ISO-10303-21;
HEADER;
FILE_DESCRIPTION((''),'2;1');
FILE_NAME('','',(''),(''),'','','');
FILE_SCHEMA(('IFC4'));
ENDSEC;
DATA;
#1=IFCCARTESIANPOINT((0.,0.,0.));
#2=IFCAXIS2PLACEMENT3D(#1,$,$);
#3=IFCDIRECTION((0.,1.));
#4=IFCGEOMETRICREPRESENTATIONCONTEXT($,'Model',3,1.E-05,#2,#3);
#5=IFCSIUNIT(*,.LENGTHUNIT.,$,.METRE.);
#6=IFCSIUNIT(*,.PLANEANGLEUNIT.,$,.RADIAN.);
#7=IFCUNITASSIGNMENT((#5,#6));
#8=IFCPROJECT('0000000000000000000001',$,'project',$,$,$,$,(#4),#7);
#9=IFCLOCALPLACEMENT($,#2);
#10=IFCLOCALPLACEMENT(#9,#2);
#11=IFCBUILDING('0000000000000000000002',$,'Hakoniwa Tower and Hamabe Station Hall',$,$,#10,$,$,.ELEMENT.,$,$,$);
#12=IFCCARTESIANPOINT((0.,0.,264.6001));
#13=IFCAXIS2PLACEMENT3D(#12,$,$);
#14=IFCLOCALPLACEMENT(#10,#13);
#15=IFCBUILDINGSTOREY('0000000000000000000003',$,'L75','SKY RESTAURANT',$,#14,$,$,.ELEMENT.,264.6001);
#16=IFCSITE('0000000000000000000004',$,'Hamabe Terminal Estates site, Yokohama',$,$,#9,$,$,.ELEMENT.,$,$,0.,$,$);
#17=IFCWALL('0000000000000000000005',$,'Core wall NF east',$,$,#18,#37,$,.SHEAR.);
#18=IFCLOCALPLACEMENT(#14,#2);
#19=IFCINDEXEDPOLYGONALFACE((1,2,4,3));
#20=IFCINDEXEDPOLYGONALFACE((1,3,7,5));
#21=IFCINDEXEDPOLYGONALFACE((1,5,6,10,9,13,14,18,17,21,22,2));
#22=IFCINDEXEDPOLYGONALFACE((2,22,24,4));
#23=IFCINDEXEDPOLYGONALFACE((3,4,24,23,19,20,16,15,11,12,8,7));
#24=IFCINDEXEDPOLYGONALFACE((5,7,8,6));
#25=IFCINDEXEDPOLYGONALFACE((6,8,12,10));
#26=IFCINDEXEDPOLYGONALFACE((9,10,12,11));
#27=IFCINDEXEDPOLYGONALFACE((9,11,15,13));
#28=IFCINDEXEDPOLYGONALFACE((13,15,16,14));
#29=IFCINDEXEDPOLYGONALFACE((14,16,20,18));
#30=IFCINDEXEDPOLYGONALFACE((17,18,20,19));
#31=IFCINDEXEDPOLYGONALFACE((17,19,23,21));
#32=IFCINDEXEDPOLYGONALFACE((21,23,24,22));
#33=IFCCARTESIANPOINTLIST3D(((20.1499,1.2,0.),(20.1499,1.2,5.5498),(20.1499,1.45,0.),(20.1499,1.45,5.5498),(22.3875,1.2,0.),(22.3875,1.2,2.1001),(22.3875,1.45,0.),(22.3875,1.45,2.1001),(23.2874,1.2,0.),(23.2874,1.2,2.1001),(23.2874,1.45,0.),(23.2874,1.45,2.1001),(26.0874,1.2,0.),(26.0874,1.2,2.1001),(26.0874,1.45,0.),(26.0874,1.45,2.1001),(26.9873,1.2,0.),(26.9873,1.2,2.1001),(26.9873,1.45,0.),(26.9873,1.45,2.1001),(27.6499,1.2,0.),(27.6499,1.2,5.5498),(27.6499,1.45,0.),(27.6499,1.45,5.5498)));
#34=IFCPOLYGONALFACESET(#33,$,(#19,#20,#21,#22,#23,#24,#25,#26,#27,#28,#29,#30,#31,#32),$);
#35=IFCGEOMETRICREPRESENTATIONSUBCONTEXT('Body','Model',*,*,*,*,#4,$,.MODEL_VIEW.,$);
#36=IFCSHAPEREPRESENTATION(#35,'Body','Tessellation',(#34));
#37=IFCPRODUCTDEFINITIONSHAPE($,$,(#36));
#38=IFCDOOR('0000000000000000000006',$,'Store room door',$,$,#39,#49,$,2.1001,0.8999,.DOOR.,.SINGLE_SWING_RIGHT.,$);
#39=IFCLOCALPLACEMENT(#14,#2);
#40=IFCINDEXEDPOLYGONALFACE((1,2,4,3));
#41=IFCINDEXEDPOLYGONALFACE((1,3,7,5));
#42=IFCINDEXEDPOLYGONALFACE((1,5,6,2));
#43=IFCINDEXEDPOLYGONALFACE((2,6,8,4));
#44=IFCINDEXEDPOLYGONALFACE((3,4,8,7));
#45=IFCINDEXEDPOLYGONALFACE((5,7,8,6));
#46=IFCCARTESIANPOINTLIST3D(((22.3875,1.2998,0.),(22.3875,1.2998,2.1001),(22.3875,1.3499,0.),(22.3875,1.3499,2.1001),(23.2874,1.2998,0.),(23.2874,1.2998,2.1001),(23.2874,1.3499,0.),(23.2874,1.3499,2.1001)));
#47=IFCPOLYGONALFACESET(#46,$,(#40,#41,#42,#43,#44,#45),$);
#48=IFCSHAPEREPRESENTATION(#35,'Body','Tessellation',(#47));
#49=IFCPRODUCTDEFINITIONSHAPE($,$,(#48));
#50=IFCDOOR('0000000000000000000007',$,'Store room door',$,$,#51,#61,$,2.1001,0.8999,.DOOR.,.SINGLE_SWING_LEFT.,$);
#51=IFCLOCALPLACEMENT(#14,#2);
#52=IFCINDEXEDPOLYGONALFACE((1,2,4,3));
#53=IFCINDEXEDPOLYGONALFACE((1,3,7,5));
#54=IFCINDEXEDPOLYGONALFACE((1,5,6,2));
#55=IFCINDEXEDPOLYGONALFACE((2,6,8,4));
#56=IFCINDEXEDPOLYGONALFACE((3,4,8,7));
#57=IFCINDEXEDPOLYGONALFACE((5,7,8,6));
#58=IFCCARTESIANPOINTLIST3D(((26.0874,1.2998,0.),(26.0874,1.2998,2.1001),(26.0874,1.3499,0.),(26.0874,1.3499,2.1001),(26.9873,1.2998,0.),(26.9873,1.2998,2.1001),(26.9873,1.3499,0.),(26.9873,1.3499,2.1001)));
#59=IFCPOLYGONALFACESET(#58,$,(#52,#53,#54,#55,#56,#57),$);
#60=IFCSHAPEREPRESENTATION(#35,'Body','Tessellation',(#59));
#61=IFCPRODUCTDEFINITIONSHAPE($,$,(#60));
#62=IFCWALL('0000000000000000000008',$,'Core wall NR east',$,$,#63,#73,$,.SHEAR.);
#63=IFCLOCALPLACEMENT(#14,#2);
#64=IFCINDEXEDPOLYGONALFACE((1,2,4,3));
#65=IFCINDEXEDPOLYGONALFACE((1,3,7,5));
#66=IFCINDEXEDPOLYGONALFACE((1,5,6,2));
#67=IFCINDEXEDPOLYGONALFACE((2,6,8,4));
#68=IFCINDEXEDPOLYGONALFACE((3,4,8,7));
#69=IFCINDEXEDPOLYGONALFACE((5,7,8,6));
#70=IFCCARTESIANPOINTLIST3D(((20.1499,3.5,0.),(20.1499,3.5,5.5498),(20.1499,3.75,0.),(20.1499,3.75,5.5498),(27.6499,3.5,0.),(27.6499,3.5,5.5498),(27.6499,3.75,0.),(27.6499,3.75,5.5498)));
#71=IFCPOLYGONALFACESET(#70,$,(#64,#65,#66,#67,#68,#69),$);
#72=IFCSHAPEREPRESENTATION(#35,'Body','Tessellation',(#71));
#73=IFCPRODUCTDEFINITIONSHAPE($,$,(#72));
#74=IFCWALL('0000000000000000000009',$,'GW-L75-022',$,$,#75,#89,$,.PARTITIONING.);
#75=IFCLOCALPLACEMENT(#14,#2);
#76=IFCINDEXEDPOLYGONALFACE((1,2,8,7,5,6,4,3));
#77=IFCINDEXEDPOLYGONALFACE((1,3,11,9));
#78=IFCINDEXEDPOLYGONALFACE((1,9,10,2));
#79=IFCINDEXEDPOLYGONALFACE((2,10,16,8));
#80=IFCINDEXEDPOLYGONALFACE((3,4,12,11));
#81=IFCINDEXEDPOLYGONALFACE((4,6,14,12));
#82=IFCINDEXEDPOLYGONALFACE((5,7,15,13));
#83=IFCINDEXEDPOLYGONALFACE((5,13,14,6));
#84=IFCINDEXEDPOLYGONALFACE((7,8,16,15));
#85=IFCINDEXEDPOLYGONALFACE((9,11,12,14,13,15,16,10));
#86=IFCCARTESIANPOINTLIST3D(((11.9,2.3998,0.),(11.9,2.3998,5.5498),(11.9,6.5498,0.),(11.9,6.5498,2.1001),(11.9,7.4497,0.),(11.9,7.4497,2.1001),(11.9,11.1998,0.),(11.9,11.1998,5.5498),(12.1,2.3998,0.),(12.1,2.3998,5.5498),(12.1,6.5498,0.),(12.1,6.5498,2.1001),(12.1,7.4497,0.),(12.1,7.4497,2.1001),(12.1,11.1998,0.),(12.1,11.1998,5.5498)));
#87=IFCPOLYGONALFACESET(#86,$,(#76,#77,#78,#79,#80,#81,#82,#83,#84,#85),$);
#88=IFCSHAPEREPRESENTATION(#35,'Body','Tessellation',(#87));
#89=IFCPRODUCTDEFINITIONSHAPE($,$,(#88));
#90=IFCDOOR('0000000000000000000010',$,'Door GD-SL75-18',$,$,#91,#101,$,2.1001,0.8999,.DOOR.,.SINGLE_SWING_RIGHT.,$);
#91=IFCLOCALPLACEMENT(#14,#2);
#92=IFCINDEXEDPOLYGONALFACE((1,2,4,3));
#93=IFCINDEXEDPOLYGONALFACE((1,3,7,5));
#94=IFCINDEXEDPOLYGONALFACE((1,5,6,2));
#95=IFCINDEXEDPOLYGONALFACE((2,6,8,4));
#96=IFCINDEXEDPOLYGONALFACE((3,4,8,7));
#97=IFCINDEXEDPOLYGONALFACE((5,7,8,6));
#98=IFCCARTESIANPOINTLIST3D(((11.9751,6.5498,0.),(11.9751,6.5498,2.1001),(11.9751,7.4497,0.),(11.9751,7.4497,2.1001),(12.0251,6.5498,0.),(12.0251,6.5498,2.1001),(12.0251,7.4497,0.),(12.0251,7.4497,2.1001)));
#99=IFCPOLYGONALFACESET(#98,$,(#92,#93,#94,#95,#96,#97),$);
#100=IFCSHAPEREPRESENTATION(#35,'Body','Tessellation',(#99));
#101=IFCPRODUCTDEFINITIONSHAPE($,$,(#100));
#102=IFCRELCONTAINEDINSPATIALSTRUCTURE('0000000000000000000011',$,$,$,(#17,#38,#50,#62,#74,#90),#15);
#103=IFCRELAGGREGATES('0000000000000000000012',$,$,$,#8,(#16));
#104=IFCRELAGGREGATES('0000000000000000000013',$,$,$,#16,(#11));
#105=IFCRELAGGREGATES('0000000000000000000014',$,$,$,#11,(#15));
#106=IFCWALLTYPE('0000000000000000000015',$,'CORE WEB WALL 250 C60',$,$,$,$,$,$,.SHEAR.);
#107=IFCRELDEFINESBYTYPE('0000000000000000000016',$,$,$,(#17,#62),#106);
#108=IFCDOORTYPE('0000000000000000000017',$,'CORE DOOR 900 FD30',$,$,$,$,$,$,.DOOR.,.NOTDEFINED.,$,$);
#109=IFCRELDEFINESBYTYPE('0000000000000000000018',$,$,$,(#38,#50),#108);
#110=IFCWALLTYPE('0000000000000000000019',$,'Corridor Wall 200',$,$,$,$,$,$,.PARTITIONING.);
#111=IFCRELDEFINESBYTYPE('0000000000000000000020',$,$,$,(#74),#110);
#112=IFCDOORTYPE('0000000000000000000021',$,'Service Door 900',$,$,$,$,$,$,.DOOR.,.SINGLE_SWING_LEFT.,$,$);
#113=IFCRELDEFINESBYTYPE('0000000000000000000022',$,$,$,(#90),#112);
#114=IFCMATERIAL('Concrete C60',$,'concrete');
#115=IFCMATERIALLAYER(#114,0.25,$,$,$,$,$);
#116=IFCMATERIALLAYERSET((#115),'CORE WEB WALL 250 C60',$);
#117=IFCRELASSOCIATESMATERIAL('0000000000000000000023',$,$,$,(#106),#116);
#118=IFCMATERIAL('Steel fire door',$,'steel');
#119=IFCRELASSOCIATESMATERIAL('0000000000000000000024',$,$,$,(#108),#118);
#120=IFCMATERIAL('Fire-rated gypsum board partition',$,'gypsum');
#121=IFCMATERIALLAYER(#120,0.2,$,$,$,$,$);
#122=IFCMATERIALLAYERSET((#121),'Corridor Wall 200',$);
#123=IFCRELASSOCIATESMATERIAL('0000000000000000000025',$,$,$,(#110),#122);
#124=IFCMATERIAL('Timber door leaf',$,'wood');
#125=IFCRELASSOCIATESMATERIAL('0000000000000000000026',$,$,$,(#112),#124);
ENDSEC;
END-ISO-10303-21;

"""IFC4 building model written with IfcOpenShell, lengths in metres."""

from ifc_helpers import new_model, si_unit, direction, frame, frame_2d, origin, place, context, subcontext, project, spatial, rectangle, extrude, material, layer, layer_set, type_object, element, fill, save


model = new_model("IFC4")

# Units and contexts
model_context = context("Model", 3, precision=1e-05, world=origin(), true_north=direction((0.0, 1.0)))
body_context = subcontext(model_context, "Body", "Model", "MODEL_VIEW")
ifc_project = project(units=[si_unit("LENGTHUNIT", "METRE"), si_unit("PLANEANGLEUNIT", "RADIAN")], contexts=[model_context])

# Site, building, storey
site_placement = place(None, origin())
site = spatial("IfcSite", under=ifc_project, at=site_placement, Name="Hamabe Terminal Estates site, Yokohama", CompositionType="ELEMENT", RefElevation=0.0)
building_placement = place(site_placement, origin())
building = spatial("IfcBuilding", under=site, at=building_placement, Name="Hakoniwa Tower and Hamabe Station Hall", CompositionType="ELEMENT")
storey_placement = place(building_placement, frame((0.0, 0.0, 264.6001)))
storey = spatial("IfcBuildingStorey", under=building, at=storey_placement, Name="L75", Description="SKY RESTAURANT", CompositionType="ELEMENT", Elevation=264.6001)

# Shared definitions
ifc_material_1 = material(Name="Concrete C60", Category="concrete")
ifc_layer_1 = layer(ifc_material_1, 0.25)
ifc_layer_set_1 = layer_set([ifc_layer_1], Name="CORE WEB WALL 250 C60")
wall_type_1 = type_object("IfcWallType", Name="CORE WEB WALL 250 C60", PredefinedType="SHEAR", material=ifc_layer_set_1)

# Wall, openings, doors
wall_1_placement = place(storey_placement, frame((20.1499, 1.325, 0.0), z_axis=(0.0, 0.0, 1.0), x_axis=(1.0, 0.0, 0.0)))
wall_1 = element("IfcWall", 1, at=wall_1_placement, inside=storey, type_object=wall_type_1, Name="Core wall NF east", PredefinedType="SHEAR", context=body_context, shape_type="SweptSolid", body=[
    extrude(rectangle(XDim=7.5, YDim=0.25, at=frame_2d((3.75, 0.0))), origin(), (0.0, 0.0, 1.0), 5.5498),
])
opening_1_placement = place(wall_1_placement, frame((2.2375, 0.0, 0.0)))
opening_1 = element("IfcOpeningElement", 2, at=opening_1_placement, cuts=wall_1, PredefinedType="OPENING", context=body_context, shape_type="SweptSolid", body=[
    extrude(rectangle(XDim=0.8999, YDim=2.1001, at=frame_2d((0.45, 1.05))), frame((0.0, 0.135, 0.0), z_axis=(0.0, -1.0, 0.0), x_axis=(1.0, 0.0, 0.0)), (0.0, 0.0, 1.0), 0.27),
])
opening_2_placement = place(wall_1_placement, frame((5.9375, 0.0, 0.0)))
opening_2 = element("IfcOpeningElement", 3, at=opening_2_placement, cuts=wall_1, PredefinedType="OPENING", context=body_context, shape_type="SweptSolid", body=[
    extrude(rectangle(XDim=0.8999, YDim=2.1001, at=frame_2d((0.45, 1.05))), frame((0.0, 0.135, 0.0), z_axis=(0.0, -1.0, 0.0), x_axis=(1.0, 0.0, 0.0)), (0.0, 0.0, 1.0), 0.27),
])
ifc_material_2 = material(Name="Steel fire door", Category="steel")
door_type_1 = type_object("IfcDoorType", Name="CORE DOOR 900 FD30", OperationType="NOTDEFINED", PredefinedType="DOOR", material=ifc_material_2)
door_1_placement = place(opening_1_placement, origin())
door_1 = element("IfcDoor", 4, at=door_1_placement, inside=storey, type_object=door_type_1, Name="Store room door", OperationType="SINGLE_SWING_RIGHT", OverallHeight=2.1001, OverallWidth=0.8999, PredefinedType="DOOR", context=body_context, shape_type="SweptSolid", body=[
    extrude(rectangle(XDim=0.8999, YDim=2.1001, at=frame_2d((0.45, 1.05))), frame((0.0, 0.0249, 0.0), z_axis=(0.0, -1.0, 0.0), x_axis=(1.0, 0.0, 0.0)), (0.0, 0.0, 1.0), 0.05),
])
fill(opening_1, door_1)
door_2_placement = place(opening_2_placement, origin())
door_2 = element("IfcDoor", 5, at=door_2_placement, inside=storey, type_object=door_type_1, Name="Store room door", OperationType="SINGLE_SWING_LEFT", OverallHeight=2.1001, OverallWidth=0.8999, PredefinedType="DOOR", context=body_context, shape_type="SweptSolid", body=[
    extrude(rectangle(XDim=0.8999, YDim=2.1001, at=frame_2d((0.45, 1.05))), frame((0.0, 0.0249, 0.0), z_axis=(0.0, -1.0, 0.0), x_axis=(1.0, 0.0, 0.0)), (0.0, 0.0, 1.0), 0.05),
])
fill(opening_2, door_2)

# Wall
wall_2_placement = place(storey_placement, frame((20.1499, 3.625, 0.0), z_axis=(0.0, 0.0, 1.0), x_axis=(1.0, 0.0, 0.0)))
element("IfcWall", 6, at=wall_2_placement, inside=storey, type_object=wall_type_1, Name="Core wall NR east", PredefinedType="SHEAR", context=body_context, shape_type="SweptSolid", body=[
    extrude(rectangle(XDim=7.5, YDim=0.25, at=frame_2d((3.75, 0.0))), origin(), (0.0, 0.0, 1.0), 5.5498),
])

# Wall, opening, door
ifc_material_3 = material(Name="Fire-rated gypsum board partition", Category="gypsum")
ifc_layer_2 = layer(ifc_material_3, 0.2)
ifc_layer_set_2 = layer_set([ifc_layer_2], Name="Corridor Wall 200")
wall_type_2 = type_object("IfcWallType", Name="Corridor Wall 200", PredefinedType="PARTITIONING", material=ifc_layer_set_2)
wall_3_placement = place(storey_placement, frame((12.0, 2.3999, 0.0), z_axis=(0.0, 0.0, 1.0), x_axis=(0.0, 1.0, 0.0)))
wall_3 = element("IfcWall", 7, at=wall_3_placement, inside=storey, type_object=wall_type_2, Name="GW-L75-022", PredefinedType="PARTITIONING", context=body_context, shape_type="SweptSolid", body=[
    extrude(rectangle(XDim=8.8, YDim=0.2, at=frame_2d((4.3999, 0.0))), origin(), (0.0, 0.0, 1.0), 5.5498),
])
opening_3_placement = place(wall_3_placement, frame((4.1499, 0.0, 0.0)))
opening_3 = element("IfcOpeningElement", 8, at=opening_3_placement, cuts=wall_3, PredefinedType="OPENING", context=body_context, shape_type="SweptSolid", body=[
    extrude(rectangle(XDim=0.8999, YDim=2.1001, at=frame_2d((0.45, 1.05))), frame((0.0, 0.1099, 0.0), z_axis=(0.0, -1.0, 0.0), x_axis=(1.0, 0.0, 0.0)), (0.0, 0.0, 1.0), 0.22),
])
ifc_material_4 = material(Name="Timber door leaf", Category="wood")
door_type_2 = type_object("IfcDoorType", Name="Service Door 900", OperationType="SINGLE_SWING_LEFT", PredefinedType="DOOR", material=ifc_material_4)
door_3_placement = place(opening_3_placement, origin())
door_3 = element("IfcDoor", 9, at=door_3_placement, inside=storey, type_object=door_type_2, Name="Door GD-SL75-18", OperationType="SINGLE_SWING_RIGHT", OverallHeight=2.1001, OverallWidth=0.8999, PredefinedType="DOOR", context=body_context, shape_type="SweptSolid", body=[
    extrude(rectangle(XDim=0.8999, YDim=2.1001, at=frame_2d((0.45, 1.05))), frame((0.0, 0.0249, 0.0), z_axis=(0.0, -1.0, 0.0), x_axis=(1.0, 0.0, 0.0)), (0.0, 0.0, 1.0), 0.05),
])
fill(opening_3, door_3)

save(model, "model.ifc")
